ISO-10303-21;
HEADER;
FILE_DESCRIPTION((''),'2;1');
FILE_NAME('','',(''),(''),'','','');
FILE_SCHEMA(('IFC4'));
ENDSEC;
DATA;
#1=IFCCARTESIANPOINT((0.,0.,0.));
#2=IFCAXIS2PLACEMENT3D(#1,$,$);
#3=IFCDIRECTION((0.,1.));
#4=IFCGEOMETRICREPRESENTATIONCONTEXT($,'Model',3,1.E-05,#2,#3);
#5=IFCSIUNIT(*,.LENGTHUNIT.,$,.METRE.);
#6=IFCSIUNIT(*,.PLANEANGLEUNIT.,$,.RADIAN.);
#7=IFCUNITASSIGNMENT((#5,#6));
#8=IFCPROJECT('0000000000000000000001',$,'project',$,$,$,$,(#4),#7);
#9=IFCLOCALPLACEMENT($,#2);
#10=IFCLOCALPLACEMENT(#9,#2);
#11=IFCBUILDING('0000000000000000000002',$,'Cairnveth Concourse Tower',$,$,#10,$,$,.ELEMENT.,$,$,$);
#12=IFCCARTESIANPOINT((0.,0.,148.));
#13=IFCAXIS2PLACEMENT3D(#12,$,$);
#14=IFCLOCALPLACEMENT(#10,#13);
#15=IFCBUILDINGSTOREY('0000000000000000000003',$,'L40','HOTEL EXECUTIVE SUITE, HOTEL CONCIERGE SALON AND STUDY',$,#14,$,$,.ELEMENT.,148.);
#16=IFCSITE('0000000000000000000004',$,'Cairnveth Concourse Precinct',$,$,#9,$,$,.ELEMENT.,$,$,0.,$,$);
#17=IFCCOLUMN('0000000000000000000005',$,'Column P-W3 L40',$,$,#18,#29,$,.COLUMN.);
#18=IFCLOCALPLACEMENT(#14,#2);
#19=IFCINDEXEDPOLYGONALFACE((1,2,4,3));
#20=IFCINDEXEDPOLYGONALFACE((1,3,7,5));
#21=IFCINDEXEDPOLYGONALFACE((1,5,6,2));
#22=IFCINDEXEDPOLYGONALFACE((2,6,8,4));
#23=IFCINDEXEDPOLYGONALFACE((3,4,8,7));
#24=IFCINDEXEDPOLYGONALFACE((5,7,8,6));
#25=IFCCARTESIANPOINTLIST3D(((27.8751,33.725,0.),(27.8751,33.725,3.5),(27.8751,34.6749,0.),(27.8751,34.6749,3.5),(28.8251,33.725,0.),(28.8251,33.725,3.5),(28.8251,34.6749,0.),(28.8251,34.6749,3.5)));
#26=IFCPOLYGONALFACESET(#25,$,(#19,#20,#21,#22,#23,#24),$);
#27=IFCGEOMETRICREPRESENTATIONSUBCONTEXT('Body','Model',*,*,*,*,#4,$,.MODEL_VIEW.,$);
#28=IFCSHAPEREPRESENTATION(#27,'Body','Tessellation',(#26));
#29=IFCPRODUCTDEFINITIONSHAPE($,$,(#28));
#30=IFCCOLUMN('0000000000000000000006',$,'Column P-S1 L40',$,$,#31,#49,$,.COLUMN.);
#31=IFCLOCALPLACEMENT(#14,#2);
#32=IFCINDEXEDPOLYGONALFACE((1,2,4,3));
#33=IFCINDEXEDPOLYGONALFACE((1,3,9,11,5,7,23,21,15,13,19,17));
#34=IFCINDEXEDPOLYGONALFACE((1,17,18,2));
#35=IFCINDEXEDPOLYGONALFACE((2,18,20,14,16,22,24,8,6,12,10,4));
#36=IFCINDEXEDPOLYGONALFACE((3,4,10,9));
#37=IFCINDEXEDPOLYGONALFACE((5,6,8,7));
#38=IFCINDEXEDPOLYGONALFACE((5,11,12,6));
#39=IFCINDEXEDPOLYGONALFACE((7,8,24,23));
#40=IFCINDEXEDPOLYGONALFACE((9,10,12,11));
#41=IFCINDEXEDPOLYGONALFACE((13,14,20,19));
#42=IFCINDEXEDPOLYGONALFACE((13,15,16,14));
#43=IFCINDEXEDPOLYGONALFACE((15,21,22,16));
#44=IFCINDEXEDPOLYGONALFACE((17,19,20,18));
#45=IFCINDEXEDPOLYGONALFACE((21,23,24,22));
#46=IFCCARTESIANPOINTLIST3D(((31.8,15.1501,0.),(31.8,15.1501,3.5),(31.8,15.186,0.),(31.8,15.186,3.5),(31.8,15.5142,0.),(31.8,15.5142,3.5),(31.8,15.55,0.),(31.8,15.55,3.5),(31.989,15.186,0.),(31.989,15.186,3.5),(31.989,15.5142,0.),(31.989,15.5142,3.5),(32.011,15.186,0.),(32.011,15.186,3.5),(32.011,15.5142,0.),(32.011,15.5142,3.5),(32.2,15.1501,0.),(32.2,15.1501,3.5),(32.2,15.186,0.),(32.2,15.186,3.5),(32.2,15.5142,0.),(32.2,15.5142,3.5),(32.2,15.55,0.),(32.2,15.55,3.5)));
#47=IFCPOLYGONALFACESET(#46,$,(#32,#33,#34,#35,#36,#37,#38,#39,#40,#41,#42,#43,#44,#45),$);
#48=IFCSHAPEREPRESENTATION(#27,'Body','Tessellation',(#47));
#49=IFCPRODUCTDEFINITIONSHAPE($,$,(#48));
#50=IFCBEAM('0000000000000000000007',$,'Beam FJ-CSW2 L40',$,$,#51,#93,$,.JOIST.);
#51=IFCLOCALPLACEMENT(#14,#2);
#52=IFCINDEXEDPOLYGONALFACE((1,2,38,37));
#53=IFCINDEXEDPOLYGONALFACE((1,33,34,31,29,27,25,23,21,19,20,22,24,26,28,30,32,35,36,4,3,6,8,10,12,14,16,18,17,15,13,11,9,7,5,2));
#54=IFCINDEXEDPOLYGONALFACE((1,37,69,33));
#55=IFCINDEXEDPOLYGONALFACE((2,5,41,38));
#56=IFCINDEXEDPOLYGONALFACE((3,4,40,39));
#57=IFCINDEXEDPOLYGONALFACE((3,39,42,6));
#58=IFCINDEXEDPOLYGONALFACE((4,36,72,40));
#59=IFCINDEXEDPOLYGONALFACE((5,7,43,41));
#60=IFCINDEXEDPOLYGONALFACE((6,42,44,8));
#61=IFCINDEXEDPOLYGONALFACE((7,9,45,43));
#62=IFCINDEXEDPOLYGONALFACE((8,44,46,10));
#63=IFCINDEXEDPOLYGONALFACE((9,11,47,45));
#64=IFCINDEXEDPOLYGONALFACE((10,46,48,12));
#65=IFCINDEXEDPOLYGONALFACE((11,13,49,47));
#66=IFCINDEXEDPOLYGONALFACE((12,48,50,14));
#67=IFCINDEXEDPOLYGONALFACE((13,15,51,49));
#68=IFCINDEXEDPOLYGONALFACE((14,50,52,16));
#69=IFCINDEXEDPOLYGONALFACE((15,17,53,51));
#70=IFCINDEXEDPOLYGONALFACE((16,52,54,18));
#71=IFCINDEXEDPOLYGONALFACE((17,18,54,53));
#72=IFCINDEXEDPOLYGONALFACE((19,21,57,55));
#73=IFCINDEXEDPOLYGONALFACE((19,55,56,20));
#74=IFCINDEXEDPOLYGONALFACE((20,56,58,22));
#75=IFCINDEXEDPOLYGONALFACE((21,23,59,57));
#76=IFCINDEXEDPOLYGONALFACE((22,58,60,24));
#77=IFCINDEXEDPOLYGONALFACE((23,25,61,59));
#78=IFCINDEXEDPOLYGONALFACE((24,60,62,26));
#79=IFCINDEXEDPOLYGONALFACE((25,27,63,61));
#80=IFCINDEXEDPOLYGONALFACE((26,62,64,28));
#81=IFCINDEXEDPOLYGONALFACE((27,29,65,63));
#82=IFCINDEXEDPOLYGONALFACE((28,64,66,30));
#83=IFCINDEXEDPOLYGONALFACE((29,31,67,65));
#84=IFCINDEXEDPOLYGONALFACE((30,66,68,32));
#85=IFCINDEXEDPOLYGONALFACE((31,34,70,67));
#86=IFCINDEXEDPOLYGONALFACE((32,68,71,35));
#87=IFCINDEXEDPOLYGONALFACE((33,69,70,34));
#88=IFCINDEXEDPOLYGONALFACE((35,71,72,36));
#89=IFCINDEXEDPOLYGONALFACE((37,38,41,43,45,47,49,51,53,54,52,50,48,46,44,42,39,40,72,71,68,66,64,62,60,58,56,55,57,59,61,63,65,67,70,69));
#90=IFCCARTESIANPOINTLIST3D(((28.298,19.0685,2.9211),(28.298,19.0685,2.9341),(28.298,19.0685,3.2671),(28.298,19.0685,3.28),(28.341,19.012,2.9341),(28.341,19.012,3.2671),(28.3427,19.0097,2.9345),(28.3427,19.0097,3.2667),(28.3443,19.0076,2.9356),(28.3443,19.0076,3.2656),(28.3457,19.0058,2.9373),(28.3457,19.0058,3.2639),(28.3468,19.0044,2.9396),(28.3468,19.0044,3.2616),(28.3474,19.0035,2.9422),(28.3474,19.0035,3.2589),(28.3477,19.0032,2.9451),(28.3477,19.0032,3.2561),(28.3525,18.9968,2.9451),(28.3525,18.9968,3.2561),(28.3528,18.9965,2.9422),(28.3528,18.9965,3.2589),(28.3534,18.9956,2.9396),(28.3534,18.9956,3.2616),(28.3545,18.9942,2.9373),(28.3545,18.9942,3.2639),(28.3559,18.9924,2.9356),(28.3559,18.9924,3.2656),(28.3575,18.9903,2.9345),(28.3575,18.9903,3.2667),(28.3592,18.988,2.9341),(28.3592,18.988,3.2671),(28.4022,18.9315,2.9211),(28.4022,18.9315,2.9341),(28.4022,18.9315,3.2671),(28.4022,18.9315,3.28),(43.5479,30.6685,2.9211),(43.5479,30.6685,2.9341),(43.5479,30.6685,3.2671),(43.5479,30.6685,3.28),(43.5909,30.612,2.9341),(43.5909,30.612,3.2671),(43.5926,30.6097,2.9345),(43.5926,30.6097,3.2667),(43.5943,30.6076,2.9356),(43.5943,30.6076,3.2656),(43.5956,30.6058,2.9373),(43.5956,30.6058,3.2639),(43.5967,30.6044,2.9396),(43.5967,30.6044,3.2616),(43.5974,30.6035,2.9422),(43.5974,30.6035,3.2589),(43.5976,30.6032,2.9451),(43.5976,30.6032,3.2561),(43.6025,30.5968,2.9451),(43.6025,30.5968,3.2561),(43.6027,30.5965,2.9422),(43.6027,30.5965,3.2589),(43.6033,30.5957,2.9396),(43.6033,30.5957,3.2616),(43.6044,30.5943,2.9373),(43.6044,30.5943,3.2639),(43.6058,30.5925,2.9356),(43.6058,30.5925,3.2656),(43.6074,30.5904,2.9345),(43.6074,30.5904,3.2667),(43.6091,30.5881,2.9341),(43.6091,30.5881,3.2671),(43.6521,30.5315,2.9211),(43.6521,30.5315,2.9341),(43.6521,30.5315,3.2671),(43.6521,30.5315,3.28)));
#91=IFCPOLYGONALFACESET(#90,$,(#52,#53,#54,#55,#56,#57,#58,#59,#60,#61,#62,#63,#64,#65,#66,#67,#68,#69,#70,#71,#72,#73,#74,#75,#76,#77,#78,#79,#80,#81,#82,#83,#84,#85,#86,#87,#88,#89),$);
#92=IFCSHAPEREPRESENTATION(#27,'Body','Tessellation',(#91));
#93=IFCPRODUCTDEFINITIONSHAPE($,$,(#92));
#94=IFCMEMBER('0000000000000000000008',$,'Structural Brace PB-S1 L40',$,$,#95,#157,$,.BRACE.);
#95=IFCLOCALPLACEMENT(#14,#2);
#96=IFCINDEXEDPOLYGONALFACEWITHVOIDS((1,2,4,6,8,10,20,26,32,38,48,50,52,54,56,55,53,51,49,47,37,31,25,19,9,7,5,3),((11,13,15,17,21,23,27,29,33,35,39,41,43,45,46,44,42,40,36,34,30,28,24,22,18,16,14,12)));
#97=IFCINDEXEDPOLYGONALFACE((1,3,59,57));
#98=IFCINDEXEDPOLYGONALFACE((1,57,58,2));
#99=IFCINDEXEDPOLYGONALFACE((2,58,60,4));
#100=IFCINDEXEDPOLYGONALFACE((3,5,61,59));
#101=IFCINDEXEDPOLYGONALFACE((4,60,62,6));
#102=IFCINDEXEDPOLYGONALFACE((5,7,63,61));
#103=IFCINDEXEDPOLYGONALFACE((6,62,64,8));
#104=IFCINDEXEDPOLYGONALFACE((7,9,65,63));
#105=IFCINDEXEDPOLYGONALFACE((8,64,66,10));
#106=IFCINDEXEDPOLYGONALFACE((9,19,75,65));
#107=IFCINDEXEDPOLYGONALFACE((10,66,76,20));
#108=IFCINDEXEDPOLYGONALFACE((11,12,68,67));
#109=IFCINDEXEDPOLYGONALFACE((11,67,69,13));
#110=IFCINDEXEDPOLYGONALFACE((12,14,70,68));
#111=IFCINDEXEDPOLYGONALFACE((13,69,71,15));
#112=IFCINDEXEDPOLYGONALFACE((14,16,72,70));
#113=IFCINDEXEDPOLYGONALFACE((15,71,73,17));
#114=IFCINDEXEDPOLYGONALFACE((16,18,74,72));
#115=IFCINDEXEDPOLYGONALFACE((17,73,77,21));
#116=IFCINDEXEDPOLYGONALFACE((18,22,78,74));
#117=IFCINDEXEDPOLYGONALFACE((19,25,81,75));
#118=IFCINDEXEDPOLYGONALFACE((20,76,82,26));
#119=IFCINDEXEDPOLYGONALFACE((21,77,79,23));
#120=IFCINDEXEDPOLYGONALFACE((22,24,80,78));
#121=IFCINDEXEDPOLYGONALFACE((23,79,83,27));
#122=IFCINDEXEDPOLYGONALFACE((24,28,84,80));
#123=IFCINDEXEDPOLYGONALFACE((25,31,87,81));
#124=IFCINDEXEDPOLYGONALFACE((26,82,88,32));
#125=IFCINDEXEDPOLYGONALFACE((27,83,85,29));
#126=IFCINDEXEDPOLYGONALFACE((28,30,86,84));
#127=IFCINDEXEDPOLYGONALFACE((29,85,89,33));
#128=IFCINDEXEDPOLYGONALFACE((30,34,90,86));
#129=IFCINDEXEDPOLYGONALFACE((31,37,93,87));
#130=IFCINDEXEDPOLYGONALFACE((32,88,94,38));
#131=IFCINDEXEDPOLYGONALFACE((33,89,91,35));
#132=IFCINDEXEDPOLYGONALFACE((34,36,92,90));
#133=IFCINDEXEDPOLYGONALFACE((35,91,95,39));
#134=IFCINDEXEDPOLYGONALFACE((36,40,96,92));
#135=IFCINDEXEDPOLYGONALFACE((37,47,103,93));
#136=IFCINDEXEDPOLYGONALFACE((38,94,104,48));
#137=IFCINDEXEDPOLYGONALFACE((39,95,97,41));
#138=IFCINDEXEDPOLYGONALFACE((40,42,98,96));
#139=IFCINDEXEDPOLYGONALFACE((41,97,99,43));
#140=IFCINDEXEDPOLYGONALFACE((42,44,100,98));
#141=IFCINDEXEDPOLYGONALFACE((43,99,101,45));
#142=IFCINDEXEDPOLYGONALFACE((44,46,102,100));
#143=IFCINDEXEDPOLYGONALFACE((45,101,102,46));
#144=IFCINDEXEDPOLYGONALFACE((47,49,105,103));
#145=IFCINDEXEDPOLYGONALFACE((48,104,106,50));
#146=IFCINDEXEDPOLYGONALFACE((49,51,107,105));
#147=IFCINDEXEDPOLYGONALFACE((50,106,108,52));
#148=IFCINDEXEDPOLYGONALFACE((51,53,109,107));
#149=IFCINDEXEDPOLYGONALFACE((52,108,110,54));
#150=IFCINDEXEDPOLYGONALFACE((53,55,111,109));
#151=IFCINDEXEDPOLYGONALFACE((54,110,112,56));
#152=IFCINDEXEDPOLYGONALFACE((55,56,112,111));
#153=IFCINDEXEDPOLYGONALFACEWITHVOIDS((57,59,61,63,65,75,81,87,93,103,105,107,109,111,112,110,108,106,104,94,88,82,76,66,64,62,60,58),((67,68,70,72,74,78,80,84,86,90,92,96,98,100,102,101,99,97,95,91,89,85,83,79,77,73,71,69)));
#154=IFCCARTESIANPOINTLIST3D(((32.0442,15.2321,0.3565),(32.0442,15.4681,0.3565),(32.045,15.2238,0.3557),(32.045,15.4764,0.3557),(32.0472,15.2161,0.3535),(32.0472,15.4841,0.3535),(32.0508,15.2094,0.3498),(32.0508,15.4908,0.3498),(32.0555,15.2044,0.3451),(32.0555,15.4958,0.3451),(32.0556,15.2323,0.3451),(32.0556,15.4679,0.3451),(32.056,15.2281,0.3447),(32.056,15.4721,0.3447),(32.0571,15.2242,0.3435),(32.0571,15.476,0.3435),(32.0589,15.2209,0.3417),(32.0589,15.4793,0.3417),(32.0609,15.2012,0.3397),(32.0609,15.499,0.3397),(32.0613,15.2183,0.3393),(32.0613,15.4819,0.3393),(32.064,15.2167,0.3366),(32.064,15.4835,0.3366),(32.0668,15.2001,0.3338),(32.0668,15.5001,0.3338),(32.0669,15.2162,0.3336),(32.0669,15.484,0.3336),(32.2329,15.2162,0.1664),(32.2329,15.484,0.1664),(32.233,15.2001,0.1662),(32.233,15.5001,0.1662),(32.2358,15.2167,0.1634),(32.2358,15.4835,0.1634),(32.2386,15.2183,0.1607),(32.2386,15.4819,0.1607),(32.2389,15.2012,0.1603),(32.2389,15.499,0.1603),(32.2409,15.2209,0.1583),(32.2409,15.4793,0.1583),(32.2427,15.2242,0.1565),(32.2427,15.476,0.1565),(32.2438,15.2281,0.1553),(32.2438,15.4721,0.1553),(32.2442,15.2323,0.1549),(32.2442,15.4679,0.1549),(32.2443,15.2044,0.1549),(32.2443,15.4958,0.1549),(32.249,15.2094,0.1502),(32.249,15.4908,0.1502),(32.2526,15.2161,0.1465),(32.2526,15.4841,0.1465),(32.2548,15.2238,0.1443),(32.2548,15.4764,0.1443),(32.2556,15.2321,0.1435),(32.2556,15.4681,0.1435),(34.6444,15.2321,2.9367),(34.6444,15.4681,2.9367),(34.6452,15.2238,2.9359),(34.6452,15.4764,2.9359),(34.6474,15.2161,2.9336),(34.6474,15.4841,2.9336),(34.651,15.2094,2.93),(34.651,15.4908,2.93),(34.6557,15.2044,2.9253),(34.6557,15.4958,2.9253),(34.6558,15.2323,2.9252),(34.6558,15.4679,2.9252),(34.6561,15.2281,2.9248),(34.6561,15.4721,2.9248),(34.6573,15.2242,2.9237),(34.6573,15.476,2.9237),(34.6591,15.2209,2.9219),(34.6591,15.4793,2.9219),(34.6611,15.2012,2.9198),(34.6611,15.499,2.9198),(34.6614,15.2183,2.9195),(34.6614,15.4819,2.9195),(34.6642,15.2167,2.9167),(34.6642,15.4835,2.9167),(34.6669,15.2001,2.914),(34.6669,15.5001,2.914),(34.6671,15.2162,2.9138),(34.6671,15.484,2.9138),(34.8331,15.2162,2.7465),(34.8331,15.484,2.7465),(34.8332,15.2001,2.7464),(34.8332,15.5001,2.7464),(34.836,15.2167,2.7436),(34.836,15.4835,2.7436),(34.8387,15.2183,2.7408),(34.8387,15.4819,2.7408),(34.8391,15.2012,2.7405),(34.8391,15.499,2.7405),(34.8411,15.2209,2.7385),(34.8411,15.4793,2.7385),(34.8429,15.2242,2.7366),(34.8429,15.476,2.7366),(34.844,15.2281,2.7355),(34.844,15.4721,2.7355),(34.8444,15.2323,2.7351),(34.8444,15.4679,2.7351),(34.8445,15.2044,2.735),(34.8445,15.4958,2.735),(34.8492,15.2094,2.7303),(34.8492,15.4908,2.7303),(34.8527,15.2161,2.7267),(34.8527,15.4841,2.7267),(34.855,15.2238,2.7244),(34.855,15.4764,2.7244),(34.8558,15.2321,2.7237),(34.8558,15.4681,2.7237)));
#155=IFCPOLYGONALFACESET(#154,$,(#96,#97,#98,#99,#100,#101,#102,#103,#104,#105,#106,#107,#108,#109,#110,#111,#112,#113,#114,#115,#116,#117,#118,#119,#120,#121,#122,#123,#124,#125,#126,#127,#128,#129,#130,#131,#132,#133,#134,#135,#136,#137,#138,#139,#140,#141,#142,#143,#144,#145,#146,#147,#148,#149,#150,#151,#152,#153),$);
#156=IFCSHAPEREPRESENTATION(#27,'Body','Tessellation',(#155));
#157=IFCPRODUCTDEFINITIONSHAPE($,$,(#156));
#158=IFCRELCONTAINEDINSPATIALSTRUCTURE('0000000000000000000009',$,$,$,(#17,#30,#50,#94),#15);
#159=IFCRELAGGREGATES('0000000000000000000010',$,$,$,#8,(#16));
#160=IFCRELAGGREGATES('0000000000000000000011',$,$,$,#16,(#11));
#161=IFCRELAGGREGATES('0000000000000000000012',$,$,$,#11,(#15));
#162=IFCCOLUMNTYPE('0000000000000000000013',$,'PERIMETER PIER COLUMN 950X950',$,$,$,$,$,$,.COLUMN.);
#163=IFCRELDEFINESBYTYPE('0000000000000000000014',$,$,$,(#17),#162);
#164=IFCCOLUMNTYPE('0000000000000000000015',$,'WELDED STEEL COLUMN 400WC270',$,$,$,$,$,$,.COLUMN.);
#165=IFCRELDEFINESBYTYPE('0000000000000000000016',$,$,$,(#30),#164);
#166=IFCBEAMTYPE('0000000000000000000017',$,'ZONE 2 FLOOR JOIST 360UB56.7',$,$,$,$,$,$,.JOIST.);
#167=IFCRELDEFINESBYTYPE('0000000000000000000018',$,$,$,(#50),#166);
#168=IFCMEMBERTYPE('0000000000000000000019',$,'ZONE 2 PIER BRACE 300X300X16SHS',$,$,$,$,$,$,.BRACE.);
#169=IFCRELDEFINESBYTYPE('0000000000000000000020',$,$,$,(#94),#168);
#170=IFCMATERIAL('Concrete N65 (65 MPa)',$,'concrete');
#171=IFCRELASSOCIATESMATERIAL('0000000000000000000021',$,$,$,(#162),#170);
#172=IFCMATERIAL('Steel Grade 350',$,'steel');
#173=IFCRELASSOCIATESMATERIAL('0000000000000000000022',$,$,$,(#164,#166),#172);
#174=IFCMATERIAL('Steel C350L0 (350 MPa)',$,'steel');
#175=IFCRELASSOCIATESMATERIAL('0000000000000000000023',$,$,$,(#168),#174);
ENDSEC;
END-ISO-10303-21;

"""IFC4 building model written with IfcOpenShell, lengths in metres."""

from ifc_helpers import new_model, si_unit, direction, frame, origin, origin_2d, place, context, subcontext, project, spatial, rectangle, hollow_rectangle, i_section, extrude, material, material_profile, profile_set, type_object, element, save


model = new_model("IFC4")

# Units and contexts
model_context = context("Model", 3, precision=1e-05, world=origin(), true_north=direction((0.0, 1.0)))
body_context = subcontext(model_context, "Body", "Model", "MODEL_VIEW")
ifc_project = project(units=[si_unit("LENGTHUNIT", "METRE"), si_unit("PLANEANGLEUNIT", "RADIAN")], contexts=[model_context])

# Site, building, storey
site_placement = place(None, origin())
site = spatial("IfcSite", under=ifc_project, at=site_placement, Name="Cairnveth Concourse Precinct", CompositionType="ELEMENT", RefElevation=0.0)
building_placement = place(site_placement, origin())
building = spatial("IfcBuilding", under=site, at=building_placement, Name="Cairnveth Concourse Tower", CompositionType="ELEMENT")
storey_placement = place(building_placement, frame((0.0, 0.0, 148.0)))
storey = spatial("IfcBuildingStorey", under=building, at=storey_placement, Name="L40", Description="HOTEL EXECUTIVE SUITE, HOTEL CONCIERGE SALON AND STUDY", CompositionType="ELEMENT", Elevation=148.0)

# Columns
ifc_material_1 = material(Name="Concrete N65 (65 MPa)", Category="concrete")
ifc_material_profile_1 = material_profile(ifc_material_1, rectangle(XDim=0.95, YDim=0.95, at=origin_2d()), Name="RC-COL-950x950")
ifc_profile_set_1 = profile_set([ifc_material_profile_1], Name="Concrete N65 (65 MPa)")
column_type_1 = type_object("IfcColumnType", Name="PERIMETER PIER COLUMN 950X950", PredefinedType="COLUMN", material=ifc_profile_set_1)
column_1_placement = place(storey_placement, frame((28.3501, 34.2, 0.0), z_axis=(0.0, 0.0, 1.0), x_axis=(0.0, 1.0, 0.0)))
element("IfcColumn", 1, at=column_1_placement, inside=storey, type_object=column_type_1, Name="Column P-W3 L40", PredefinedType="COLUMN", context=body_context, shape_type="SweptSolid", body=[
    extrude(rectangle(XDim=0.95, YDim=0.95, at=origin_2d()), origin(), (0.0, 0.0, 1.0), 3.5),
])
ifc_material_2 = material(Name="Steel Grade 350", Category="steel")
ifc_material_profile_2 = material_profile(ifc_material_2, i_section(OverallWidth=0.3999, OverallDepth=0.3999, WebThickness=0.022, FlangeThickness=0.0359, at=origin_2d()), Name="400WC270")
ifc_profile_set_2 = profile_set([ifc_material_profile_2], Name="Steel Grade 350")
column_type_2 = type_object("IfcColumnType", Name="WELDED STEEL COLUMN 400WC270", PredefinedType="COLUMN", material=ifc_profile_set_2)
column_2_placement = place(storey_placement, frame((32.0, 15.3501, 0.0), z_axis=(0.0, 0.0, 1.0), x_axis=(1.0, 0.0, 0.0)))
element("IfcColumn", 2, at=column_2_placement, inside=storey, type_object=column_type_2, Name="Column P-S1 L40", PredefinedType="COLUMN", context=body_context, shape_type="SweptSolid", body=[
    extrude(i_section(OverallWidth=0.3999, OverallDepth=0.3999, WebThickness=0.022, FlangeThickness=0.0359, at=origin_2d()), origin(), (0.0, 0.0, 1.0), 3.5),
])

# Beam
ifc_material_profile_3 = material_profile(ifc_material_2, i_section(OverallWidth=0.1721, OverallDepth=0.3589, WebThickness=0.0081, FlangeThickness=0.0129, FilletRadius=0.011, at=origin_2d()), Name="360UB56.7")
ifc_profile_set_3 = profile_set([ifc_material_profile_3], Name="Steel Grade 350")
beam_type_1 = type_object("IfcBeamType", Name="ZONE 2 FLOOR JOIST 360UB56.7", PredefinedType="JOIST", material=ifc_profile_set_3)
beam_1_placement = place(storey_placement, frame((28.3501, 19.0, 3.1006), z_axis=(0.795908, 0.605417, 0.0), x_axis=(-0.605417, 0.795908, 0.0)))
element("IfcBeam", 3, at=beam_1_placement, inside=storey, type_object=beam_type_1, Name="Beam FJ-CSW2 L40", PredefinedType="JOIST", context=body_context, shape_type="SweptSolid", body=[
    extrude(i_section(OverallWidth=0.1721, OverallDepth=0.3589, WebThickness=0.0081, FlangeThickness=0.0129, FilletRadius=0.011, at=origin_2d()), origin(), (0.0, 0.0, 1.0), 19.1604),
])

# Member
ifc_material_3 = material(Name="Steel C350L0 (350 MPa)", Category="steel")
ifc_material_profile_4 = material_profile(ifc_material_3, hollow_rectangle(XDim=0.3, YDim=0.3, WallThickness=0.0161, InnerFilletRadius=0.0161, OuterFilletRadius=0.032, at=origin_2d()), Name="300x300x16.0SHS")
ifc_profile_set_4 = profile_set([ifc_material_profile_4], Name="Steel C350L0 (350 MPa)")
member_type = type_object("IfcMemberType", Name="ZONE 2 PIER BRACE 300X300X16SHS", PredefinedType="BRACE", material=ifc_profile_set_4)
for number, where, z_axis, x_axis, name in (
    (4, (32.1499, 15.3501, 0.25), (0.709834, 0.0, 0.704369), (0.0, 1.0, 0.0), "Structural Brace PB-S1 L40"),
):
    element("IfcMember", number, at=place(storey_placement, frame(where, z_axis=z_axis, x_axis=x_axis)), inside=storey, type_object=member_type, Name=name, PredefinedType="BRACE", context=body_context, shape_type="SweptSolid", body=[
        extrude(hollow_rectangle(XDim=0.3, YDim=0.3, WallThickness=0.0161, InnerFilletRadius=0.0161, OuterFilletRadius=0.032, at=origin_2d()), origin(), (0.0, 0.0, 1.0), 3.6631),
    ])

save(model, "model.ifc")
